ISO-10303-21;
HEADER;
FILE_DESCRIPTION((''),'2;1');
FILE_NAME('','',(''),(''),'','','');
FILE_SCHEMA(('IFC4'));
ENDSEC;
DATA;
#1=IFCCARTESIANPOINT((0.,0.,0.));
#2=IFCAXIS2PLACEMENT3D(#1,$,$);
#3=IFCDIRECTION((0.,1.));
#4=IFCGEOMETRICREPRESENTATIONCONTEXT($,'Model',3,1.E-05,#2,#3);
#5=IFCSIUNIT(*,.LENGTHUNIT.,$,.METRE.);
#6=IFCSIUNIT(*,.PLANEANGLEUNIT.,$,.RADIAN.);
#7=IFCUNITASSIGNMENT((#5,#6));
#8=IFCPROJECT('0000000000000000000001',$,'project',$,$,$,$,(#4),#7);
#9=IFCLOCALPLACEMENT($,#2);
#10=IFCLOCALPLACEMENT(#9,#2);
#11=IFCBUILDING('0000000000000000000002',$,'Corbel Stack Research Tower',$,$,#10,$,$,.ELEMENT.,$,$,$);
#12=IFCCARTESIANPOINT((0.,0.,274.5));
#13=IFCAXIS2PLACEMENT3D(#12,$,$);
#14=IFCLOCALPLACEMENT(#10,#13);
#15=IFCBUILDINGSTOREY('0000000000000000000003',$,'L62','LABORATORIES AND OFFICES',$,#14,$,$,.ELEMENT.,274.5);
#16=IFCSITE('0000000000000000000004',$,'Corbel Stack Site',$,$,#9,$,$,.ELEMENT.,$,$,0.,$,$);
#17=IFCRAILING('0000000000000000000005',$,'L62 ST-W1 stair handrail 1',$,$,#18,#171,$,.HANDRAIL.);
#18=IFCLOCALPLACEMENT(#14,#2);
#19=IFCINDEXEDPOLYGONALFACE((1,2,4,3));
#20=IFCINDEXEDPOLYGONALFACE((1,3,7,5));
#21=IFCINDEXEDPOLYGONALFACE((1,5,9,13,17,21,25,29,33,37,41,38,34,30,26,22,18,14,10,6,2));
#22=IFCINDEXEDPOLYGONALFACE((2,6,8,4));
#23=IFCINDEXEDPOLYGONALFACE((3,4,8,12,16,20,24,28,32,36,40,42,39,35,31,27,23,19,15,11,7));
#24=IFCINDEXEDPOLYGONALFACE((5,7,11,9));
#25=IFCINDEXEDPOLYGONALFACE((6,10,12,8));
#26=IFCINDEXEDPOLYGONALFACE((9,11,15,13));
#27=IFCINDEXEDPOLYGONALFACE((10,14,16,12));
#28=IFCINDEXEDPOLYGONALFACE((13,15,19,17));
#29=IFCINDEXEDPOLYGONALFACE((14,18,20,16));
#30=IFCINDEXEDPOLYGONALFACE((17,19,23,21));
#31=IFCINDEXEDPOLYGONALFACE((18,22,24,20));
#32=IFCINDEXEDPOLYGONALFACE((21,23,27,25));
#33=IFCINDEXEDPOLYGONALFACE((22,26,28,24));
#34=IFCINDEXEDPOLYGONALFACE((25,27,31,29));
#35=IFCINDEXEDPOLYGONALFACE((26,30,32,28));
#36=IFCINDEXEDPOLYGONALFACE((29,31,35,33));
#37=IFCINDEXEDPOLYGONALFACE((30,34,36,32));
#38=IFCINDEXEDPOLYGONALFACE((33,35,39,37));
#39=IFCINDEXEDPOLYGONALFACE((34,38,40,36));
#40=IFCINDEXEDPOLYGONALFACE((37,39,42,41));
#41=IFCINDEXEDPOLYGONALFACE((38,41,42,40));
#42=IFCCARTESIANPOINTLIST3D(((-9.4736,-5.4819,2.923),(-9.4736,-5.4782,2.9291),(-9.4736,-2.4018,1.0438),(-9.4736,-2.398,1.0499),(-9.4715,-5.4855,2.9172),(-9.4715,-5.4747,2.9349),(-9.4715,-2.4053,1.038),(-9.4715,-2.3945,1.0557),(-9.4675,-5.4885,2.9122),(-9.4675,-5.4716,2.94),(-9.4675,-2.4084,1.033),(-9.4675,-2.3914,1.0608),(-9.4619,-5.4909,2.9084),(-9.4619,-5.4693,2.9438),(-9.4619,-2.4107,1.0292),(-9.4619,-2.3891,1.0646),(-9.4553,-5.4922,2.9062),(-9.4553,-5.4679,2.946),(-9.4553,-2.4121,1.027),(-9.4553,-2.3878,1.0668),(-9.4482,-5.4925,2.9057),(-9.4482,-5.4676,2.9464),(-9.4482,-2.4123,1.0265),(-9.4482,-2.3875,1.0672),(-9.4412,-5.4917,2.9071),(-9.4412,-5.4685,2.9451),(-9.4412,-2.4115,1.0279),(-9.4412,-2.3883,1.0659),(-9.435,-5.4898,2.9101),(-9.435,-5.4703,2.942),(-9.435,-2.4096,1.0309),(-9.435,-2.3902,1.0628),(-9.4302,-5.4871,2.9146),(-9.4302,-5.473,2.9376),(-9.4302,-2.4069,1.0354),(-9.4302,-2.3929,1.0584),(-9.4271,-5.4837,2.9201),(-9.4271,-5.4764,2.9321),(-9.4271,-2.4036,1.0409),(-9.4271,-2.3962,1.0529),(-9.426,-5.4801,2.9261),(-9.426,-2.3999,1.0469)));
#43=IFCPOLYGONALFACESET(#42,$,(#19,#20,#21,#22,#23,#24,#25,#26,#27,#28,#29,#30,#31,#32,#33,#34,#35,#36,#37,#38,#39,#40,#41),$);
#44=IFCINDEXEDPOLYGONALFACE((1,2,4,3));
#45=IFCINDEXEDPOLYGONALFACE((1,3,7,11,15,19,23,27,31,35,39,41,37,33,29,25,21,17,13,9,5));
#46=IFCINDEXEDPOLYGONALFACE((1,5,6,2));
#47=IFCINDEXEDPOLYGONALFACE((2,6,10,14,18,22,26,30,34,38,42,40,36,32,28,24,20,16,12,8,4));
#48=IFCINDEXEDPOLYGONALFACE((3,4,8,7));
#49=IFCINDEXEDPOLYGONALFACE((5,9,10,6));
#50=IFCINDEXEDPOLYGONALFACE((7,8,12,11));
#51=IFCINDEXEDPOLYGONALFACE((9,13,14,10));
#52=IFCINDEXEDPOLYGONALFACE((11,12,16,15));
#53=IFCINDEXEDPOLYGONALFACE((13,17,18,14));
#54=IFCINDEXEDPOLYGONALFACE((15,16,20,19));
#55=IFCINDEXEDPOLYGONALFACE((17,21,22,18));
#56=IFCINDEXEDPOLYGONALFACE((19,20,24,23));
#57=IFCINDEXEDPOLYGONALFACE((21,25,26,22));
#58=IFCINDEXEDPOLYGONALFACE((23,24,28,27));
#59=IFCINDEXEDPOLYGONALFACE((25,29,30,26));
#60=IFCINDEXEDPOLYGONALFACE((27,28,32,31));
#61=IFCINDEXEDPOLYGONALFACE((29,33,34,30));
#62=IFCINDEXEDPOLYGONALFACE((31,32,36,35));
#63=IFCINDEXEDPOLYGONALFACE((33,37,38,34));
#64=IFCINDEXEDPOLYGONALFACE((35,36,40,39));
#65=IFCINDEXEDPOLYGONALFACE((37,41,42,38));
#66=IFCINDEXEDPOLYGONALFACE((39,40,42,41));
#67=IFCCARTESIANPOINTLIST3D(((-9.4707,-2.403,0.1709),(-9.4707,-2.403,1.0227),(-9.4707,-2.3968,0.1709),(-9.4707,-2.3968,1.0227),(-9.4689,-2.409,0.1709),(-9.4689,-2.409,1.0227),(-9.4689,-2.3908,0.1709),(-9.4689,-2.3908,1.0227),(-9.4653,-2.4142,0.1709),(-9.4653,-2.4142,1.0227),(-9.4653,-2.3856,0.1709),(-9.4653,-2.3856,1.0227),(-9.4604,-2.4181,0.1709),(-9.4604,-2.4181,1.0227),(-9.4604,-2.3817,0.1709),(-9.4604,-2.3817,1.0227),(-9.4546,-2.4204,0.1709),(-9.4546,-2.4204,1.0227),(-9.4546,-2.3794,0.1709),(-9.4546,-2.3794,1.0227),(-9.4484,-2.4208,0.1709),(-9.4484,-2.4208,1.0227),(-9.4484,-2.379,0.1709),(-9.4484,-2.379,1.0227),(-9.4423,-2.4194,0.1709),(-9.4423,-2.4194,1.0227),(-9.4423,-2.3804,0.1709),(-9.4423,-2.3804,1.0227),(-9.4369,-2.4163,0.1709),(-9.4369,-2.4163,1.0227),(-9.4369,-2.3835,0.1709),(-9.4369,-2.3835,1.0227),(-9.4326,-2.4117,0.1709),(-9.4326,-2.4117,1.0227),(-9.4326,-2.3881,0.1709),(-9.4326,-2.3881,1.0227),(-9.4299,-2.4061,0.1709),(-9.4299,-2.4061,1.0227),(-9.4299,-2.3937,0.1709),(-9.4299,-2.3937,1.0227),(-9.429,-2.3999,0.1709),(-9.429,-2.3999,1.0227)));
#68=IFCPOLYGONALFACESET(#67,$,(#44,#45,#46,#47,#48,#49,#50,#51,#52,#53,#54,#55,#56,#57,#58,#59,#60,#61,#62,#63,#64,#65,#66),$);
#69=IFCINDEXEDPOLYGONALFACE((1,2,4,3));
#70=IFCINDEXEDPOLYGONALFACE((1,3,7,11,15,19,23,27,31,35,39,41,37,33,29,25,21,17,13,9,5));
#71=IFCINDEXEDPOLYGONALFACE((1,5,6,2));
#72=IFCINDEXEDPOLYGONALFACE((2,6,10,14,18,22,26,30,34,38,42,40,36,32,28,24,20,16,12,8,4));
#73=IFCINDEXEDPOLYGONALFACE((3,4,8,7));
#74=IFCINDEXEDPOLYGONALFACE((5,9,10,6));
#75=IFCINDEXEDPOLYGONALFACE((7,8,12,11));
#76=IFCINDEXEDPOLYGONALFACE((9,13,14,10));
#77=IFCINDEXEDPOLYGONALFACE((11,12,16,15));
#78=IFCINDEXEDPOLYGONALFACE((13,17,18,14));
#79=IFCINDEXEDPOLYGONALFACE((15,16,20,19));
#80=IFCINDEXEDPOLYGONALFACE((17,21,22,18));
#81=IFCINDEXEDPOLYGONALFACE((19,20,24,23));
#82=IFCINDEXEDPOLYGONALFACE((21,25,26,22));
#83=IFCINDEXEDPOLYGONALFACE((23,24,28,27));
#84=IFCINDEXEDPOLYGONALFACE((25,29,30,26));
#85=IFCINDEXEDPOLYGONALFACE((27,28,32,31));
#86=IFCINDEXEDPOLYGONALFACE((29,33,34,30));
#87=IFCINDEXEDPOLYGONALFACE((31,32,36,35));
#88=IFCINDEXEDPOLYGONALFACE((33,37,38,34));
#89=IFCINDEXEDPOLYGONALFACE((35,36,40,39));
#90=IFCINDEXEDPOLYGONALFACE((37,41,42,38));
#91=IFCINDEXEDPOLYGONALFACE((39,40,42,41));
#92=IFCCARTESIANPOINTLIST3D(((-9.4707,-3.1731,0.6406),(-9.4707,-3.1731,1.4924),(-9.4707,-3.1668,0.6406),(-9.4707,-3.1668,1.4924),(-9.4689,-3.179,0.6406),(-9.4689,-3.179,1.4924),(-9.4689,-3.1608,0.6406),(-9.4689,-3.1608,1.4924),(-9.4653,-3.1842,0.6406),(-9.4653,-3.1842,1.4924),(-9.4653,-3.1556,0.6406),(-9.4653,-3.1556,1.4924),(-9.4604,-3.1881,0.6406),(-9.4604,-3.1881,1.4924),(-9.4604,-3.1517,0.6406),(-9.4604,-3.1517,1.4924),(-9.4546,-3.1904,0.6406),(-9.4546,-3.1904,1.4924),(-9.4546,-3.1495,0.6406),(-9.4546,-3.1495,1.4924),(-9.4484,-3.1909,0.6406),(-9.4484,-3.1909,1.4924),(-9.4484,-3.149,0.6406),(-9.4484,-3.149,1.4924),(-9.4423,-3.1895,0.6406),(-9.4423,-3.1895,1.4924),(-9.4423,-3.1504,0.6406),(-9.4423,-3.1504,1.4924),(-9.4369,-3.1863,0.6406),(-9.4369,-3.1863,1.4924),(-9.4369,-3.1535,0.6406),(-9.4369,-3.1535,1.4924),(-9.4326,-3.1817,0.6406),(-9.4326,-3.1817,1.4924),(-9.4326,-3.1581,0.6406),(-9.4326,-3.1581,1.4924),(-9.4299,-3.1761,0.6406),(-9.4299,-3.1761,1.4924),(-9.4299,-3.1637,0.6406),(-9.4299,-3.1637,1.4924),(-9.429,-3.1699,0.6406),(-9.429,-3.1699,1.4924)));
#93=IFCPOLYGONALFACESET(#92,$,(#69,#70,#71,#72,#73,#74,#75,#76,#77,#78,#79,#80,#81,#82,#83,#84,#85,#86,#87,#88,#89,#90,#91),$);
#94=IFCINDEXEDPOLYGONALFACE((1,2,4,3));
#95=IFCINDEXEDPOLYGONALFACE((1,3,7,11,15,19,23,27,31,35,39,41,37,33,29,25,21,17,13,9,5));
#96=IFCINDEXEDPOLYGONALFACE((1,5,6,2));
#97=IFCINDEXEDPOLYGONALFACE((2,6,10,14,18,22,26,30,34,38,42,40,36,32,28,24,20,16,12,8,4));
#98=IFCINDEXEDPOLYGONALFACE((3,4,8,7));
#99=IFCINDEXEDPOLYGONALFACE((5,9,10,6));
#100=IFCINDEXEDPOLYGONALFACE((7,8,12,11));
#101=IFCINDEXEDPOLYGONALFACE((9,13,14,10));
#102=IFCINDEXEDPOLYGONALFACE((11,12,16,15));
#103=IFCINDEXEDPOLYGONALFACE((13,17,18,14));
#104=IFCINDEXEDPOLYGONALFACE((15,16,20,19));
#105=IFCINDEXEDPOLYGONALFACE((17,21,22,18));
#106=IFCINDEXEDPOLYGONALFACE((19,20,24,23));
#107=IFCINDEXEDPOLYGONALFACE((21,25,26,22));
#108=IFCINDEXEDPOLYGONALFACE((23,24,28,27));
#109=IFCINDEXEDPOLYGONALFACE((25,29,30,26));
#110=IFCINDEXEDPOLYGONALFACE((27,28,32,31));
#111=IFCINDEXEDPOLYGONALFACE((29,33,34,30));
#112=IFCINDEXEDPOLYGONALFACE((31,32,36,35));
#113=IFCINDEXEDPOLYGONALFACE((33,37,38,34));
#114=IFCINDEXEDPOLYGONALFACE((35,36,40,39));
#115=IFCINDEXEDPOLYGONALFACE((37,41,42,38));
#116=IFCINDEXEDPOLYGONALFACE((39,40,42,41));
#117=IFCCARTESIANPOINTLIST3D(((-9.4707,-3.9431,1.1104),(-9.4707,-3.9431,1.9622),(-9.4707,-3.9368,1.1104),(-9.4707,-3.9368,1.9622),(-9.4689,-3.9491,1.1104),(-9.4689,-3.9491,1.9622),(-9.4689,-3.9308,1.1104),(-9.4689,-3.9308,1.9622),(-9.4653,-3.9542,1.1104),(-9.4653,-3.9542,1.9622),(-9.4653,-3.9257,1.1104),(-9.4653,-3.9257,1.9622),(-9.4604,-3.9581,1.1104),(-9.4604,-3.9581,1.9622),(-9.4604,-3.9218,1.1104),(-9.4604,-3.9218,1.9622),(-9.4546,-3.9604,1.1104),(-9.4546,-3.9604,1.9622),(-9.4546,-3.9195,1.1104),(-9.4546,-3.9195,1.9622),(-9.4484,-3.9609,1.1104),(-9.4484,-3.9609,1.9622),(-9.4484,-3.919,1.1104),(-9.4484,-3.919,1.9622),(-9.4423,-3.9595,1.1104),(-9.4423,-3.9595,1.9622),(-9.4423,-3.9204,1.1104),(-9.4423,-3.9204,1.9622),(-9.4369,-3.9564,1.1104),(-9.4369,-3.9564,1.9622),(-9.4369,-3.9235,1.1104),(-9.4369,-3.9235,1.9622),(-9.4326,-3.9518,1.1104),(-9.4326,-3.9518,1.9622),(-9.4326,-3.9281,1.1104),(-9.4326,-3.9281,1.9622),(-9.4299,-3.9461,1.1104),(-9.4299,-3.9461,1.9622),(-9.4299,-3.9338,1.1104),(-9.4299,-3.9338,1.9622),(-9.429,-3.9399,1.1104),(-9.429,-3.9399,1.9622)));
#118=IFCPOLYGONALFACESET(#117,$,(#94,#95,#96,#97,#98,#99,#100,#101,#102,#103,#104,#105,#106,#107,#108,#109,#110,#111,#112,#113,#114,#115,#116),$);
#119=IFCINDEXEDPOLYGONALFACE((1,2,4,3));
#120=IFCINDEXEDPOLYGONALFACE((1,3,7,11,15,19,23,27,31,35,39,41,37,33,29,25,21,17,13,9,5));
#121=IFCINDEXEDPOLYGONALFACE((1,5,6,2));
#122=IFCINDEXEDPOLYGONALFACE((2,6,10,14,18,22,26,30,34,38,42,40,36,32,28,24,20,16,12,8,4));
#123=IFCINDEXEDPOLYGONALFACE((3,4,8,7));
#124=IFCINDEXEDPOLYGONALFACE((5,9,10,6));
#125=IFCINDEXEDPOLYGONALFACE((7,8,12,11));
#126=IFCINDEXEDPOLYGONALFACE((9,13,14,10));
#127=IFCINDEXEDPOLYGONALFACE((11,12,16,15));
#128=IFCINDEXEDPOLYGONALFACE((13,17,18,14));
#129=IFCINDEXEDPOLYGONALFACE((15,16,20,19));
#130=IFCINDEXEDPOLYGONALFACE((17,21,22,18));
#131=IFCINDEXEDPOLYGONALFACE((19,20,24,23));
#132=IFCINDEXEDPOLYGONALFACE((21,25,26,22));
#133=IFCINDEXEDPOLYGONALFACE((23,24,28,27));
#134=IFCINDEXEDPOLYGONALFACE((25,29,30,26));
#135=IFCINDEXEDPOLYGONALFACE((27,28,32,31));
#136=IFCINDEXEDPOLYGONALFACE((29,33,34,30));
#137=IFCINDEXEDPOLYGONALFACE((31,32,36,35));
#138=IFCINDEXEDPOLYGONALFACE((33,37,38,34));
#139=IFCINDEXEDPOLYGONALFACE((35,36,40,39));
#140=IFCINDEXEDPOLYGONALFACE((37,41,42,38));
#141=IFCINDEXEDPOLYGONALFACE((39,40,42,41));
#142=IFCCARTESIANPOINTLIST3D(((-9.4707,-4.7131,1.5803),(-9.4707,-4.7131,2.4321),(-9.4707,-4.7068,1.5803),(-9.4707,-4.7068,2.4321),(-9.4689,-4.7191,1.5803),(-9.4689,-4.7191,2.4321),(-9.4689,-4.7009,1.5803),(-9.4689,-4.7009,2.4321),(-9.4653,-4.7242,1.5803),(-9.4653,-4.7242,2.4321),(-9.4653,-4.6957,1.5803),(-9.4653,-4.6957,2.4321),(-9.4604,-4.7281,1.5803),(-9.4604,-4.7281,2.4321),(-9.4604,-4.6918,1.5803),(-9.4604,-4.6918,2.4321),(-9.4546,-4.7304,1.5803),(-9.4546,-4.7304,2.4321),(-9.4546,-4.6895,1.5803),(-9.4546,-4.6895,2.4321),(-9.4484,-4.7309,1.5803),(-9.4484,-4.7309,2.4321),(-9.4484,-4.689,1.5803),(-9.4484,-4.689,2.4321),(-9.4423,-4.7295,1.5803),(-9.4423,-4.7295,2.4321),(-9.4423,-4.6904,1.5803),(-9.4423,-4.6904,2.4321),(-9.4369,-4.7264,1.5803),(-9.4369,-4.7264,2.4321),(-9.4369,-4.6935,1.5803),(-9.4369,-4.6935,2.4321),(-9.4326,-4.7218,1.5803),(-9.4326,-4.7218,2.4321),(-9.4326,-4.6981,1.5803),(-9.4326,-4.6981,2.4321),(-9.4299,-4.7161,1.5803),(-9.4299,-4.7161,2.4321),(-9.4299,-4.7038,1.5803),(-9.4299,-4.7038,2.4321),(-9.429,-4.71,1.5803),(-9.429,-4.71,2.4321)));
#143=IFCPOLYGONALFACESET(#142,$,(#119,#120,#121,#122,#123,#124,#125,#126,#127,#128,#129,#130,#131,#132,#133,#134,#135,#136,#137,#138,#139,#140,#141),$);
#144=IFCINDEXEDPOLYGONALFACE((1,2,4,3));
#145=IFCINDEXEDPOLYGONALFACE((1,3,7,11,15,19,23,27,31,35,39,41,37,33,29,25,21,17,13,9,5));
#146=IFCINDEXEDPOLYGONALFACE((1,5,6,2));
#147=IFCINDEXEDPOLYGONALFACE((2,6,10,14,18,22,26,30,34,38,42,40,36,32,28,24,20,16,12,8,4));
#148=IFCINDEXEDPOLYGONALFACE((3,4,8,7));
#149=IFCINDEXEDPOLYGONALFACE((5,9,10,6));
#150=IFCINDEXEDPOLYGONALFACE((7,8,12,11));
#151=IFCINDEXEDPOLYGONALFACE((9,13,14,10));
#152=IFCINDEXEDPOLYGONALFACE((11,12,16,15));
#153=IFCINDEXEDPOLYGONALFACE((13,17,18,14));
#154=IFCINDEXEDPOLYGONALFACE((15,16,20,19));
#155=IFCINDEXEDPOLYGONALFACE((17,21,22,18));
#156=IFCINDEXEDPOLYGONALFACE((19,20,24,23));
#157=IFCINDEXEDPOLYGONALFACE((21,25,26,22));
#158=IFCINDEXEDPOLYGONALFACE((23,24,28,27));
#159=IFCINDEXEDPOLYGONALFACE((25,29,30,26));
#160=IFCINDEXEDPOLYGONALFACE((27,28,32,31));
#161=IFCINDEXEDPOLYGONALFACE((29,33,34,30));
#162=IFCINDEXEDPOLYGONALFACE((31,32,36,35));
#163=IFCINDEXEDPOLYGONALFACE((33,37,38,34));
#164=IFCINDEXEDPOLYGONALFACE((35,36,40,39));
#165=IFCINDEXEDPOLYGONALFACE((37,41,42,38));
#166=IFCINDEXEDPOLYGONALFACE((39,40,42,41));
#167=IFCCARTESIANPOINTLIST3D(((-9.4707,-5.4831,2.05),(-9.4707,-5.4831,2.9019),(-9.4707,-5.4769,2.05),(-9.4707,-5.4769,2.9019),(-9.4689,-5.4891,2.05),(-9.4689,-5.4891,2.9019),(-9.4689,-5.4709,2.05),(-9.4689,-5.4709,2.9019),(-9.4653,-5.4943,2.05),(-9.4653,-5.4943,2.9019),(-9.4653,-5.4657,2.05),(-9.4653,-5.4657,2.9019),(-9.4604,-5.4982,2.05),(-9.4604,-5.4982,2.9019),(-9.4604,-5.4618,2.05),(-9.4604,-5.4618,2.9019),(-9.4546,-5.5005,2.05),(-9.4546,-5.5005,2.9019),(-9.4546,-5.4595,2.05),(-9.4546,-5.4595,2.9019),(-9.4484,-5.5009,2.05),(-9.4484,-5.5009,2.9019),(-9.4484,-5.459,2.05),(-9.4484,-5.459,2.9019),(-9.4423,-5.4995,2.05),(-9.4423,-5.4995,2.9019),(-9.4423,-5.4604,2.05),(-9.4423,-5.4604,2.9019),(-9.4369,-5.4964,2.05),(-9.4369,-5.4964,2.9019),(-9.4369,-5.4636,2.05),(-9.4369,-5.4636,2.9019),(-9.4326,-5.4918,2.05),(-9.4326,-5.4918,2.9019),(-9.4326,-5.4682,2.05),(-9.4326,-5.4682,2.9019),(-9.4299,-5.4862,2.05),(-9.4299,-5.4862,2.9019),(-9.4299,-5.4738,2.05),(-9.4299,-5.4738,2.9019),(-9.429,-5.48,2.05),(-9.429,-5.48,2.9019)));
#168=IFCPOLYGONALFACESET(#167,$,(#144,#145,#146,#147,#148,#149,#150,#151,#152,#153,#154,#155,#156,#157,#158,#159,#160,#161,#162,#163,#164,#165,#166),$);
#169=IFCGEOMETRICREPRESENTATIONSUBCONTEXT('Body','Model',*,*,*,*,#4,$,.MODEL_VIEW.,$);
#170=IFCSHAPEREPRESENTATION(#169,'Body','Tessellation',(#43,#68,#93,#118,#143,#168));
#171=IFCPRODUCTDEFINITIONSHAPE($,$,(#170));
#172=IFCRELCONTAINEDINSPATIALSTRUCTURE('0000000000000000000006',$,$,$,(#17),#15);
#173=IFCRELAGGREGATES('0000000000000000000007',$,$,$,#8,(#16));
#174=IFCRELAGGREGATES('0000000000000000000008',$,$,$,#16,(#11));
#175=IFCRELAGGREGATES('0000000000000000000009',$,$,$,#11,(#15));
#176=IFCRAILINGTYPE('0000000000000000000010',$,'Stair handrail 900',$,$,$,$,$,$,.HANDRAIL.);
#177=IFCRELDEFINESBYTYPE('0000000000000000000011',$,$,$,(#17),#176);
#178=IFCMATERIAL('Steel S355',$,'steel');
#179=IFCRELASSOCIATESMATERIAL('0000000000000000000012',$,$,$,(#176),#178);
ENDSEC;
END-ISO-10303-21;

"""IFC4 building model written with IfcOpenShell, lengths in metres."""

from ifc_helpers import new_model, si_unit, direction, frame, origin, origin_2d, place, context, subcontext, project, spatial, circle, extrude, material, type_object, element, save


model = new_model("IFC4")

# Units and contexts
model_context = context("Model", 3, precision=1e-05, world=origin(), true_north=direction((0.0, 1.0)))
body_context = subcontext(model_context, "Body", "Model", "MODEL_VIEW")
ifc_project = project(units=[si_unit("LENGTHUNIT", "METRE"), si_unit("PLANEANGLEUNIT", "RADIAN")], contexts=[model_context])

# Site, building, storey
site_placement = place(None, origin())
site = spatial("IfcSite", under=ifc_project, at=site_placement, Name="Corbel Stack Site", CompositionType="ELEMENT", RefElevation=0.0)
building_placement = place(site_placement, origin())
building = spatial("IfcBuilding", under=site, at=building_placement, Name="Corbel Stack Research Tower", CompositionType="ELEMENT")
storey_placement = place(building_placement, frame((0.0, 0.0, 274.5)))
storey = spatial("IfcBuildingStorey", under=building, at=storey_placement, Name="L62", Description="LABORATORIES AND OFFICES", CompositionType="ELEMENT", Elevation=274.5)

# Railing
ifc_material_1 = material(Name="Steel S355", Category="steel")
railing_type_1 = type_object("IfcRailingType", Name="Stair handrail 900", PredefinedType="HANDRAIL", material=ifc_material_1)
railing_placement = place(storey_placement, frame((-9.45, -2.3999, 0.1709)))
element("IfcRailing", 1, at=railing_placement, inside=storey, type_object=railing_type_1, Name="L62 ST-W1 stair handrail 1", PredefinedType="HANDRAIL", context=body_context, shape_type="SweptSolid", body=[
    extrude(circle(Radius=0.0239, at=origin_2d()), frame((0.0, 0.0, 0.876), z_axis=(0.0, -0.853666, 0.52082), x_axis=(1.0, 0.0, 0.0)), (0.0, 0.0, 1.0), 3.6082),
    extrude(circle(Radius=0.021, at=origin_2d()), origin(), (0.0, 0.0, 1.0), 0.8518),
    extrude(circle(Radius=0.021, at=origin_2d()), frame((0.0, -0.77, 0.4697)), (0.0, 0.0, 1.0), 0.8518),
    extrude(circle(Radius=0.021, at=origin_2d()), frame((0.0, -1.54, 0.9395)), (0.0, 0.0, 1.0), 0.8518),
    extrude(circle(Radius=0.021, at=origin_2d()), frame((0.0, -2.3101, 1.4094)), (0.0, 0.0, 1.0), 0.8518),
    extrude(circle(Radius=0.021, at=origin_2d()), frame((0.0, -3.0801, 1.8792)), (0.0, 0.0, 1.0), 0.8518),
])

save(model, "model.ifc")
